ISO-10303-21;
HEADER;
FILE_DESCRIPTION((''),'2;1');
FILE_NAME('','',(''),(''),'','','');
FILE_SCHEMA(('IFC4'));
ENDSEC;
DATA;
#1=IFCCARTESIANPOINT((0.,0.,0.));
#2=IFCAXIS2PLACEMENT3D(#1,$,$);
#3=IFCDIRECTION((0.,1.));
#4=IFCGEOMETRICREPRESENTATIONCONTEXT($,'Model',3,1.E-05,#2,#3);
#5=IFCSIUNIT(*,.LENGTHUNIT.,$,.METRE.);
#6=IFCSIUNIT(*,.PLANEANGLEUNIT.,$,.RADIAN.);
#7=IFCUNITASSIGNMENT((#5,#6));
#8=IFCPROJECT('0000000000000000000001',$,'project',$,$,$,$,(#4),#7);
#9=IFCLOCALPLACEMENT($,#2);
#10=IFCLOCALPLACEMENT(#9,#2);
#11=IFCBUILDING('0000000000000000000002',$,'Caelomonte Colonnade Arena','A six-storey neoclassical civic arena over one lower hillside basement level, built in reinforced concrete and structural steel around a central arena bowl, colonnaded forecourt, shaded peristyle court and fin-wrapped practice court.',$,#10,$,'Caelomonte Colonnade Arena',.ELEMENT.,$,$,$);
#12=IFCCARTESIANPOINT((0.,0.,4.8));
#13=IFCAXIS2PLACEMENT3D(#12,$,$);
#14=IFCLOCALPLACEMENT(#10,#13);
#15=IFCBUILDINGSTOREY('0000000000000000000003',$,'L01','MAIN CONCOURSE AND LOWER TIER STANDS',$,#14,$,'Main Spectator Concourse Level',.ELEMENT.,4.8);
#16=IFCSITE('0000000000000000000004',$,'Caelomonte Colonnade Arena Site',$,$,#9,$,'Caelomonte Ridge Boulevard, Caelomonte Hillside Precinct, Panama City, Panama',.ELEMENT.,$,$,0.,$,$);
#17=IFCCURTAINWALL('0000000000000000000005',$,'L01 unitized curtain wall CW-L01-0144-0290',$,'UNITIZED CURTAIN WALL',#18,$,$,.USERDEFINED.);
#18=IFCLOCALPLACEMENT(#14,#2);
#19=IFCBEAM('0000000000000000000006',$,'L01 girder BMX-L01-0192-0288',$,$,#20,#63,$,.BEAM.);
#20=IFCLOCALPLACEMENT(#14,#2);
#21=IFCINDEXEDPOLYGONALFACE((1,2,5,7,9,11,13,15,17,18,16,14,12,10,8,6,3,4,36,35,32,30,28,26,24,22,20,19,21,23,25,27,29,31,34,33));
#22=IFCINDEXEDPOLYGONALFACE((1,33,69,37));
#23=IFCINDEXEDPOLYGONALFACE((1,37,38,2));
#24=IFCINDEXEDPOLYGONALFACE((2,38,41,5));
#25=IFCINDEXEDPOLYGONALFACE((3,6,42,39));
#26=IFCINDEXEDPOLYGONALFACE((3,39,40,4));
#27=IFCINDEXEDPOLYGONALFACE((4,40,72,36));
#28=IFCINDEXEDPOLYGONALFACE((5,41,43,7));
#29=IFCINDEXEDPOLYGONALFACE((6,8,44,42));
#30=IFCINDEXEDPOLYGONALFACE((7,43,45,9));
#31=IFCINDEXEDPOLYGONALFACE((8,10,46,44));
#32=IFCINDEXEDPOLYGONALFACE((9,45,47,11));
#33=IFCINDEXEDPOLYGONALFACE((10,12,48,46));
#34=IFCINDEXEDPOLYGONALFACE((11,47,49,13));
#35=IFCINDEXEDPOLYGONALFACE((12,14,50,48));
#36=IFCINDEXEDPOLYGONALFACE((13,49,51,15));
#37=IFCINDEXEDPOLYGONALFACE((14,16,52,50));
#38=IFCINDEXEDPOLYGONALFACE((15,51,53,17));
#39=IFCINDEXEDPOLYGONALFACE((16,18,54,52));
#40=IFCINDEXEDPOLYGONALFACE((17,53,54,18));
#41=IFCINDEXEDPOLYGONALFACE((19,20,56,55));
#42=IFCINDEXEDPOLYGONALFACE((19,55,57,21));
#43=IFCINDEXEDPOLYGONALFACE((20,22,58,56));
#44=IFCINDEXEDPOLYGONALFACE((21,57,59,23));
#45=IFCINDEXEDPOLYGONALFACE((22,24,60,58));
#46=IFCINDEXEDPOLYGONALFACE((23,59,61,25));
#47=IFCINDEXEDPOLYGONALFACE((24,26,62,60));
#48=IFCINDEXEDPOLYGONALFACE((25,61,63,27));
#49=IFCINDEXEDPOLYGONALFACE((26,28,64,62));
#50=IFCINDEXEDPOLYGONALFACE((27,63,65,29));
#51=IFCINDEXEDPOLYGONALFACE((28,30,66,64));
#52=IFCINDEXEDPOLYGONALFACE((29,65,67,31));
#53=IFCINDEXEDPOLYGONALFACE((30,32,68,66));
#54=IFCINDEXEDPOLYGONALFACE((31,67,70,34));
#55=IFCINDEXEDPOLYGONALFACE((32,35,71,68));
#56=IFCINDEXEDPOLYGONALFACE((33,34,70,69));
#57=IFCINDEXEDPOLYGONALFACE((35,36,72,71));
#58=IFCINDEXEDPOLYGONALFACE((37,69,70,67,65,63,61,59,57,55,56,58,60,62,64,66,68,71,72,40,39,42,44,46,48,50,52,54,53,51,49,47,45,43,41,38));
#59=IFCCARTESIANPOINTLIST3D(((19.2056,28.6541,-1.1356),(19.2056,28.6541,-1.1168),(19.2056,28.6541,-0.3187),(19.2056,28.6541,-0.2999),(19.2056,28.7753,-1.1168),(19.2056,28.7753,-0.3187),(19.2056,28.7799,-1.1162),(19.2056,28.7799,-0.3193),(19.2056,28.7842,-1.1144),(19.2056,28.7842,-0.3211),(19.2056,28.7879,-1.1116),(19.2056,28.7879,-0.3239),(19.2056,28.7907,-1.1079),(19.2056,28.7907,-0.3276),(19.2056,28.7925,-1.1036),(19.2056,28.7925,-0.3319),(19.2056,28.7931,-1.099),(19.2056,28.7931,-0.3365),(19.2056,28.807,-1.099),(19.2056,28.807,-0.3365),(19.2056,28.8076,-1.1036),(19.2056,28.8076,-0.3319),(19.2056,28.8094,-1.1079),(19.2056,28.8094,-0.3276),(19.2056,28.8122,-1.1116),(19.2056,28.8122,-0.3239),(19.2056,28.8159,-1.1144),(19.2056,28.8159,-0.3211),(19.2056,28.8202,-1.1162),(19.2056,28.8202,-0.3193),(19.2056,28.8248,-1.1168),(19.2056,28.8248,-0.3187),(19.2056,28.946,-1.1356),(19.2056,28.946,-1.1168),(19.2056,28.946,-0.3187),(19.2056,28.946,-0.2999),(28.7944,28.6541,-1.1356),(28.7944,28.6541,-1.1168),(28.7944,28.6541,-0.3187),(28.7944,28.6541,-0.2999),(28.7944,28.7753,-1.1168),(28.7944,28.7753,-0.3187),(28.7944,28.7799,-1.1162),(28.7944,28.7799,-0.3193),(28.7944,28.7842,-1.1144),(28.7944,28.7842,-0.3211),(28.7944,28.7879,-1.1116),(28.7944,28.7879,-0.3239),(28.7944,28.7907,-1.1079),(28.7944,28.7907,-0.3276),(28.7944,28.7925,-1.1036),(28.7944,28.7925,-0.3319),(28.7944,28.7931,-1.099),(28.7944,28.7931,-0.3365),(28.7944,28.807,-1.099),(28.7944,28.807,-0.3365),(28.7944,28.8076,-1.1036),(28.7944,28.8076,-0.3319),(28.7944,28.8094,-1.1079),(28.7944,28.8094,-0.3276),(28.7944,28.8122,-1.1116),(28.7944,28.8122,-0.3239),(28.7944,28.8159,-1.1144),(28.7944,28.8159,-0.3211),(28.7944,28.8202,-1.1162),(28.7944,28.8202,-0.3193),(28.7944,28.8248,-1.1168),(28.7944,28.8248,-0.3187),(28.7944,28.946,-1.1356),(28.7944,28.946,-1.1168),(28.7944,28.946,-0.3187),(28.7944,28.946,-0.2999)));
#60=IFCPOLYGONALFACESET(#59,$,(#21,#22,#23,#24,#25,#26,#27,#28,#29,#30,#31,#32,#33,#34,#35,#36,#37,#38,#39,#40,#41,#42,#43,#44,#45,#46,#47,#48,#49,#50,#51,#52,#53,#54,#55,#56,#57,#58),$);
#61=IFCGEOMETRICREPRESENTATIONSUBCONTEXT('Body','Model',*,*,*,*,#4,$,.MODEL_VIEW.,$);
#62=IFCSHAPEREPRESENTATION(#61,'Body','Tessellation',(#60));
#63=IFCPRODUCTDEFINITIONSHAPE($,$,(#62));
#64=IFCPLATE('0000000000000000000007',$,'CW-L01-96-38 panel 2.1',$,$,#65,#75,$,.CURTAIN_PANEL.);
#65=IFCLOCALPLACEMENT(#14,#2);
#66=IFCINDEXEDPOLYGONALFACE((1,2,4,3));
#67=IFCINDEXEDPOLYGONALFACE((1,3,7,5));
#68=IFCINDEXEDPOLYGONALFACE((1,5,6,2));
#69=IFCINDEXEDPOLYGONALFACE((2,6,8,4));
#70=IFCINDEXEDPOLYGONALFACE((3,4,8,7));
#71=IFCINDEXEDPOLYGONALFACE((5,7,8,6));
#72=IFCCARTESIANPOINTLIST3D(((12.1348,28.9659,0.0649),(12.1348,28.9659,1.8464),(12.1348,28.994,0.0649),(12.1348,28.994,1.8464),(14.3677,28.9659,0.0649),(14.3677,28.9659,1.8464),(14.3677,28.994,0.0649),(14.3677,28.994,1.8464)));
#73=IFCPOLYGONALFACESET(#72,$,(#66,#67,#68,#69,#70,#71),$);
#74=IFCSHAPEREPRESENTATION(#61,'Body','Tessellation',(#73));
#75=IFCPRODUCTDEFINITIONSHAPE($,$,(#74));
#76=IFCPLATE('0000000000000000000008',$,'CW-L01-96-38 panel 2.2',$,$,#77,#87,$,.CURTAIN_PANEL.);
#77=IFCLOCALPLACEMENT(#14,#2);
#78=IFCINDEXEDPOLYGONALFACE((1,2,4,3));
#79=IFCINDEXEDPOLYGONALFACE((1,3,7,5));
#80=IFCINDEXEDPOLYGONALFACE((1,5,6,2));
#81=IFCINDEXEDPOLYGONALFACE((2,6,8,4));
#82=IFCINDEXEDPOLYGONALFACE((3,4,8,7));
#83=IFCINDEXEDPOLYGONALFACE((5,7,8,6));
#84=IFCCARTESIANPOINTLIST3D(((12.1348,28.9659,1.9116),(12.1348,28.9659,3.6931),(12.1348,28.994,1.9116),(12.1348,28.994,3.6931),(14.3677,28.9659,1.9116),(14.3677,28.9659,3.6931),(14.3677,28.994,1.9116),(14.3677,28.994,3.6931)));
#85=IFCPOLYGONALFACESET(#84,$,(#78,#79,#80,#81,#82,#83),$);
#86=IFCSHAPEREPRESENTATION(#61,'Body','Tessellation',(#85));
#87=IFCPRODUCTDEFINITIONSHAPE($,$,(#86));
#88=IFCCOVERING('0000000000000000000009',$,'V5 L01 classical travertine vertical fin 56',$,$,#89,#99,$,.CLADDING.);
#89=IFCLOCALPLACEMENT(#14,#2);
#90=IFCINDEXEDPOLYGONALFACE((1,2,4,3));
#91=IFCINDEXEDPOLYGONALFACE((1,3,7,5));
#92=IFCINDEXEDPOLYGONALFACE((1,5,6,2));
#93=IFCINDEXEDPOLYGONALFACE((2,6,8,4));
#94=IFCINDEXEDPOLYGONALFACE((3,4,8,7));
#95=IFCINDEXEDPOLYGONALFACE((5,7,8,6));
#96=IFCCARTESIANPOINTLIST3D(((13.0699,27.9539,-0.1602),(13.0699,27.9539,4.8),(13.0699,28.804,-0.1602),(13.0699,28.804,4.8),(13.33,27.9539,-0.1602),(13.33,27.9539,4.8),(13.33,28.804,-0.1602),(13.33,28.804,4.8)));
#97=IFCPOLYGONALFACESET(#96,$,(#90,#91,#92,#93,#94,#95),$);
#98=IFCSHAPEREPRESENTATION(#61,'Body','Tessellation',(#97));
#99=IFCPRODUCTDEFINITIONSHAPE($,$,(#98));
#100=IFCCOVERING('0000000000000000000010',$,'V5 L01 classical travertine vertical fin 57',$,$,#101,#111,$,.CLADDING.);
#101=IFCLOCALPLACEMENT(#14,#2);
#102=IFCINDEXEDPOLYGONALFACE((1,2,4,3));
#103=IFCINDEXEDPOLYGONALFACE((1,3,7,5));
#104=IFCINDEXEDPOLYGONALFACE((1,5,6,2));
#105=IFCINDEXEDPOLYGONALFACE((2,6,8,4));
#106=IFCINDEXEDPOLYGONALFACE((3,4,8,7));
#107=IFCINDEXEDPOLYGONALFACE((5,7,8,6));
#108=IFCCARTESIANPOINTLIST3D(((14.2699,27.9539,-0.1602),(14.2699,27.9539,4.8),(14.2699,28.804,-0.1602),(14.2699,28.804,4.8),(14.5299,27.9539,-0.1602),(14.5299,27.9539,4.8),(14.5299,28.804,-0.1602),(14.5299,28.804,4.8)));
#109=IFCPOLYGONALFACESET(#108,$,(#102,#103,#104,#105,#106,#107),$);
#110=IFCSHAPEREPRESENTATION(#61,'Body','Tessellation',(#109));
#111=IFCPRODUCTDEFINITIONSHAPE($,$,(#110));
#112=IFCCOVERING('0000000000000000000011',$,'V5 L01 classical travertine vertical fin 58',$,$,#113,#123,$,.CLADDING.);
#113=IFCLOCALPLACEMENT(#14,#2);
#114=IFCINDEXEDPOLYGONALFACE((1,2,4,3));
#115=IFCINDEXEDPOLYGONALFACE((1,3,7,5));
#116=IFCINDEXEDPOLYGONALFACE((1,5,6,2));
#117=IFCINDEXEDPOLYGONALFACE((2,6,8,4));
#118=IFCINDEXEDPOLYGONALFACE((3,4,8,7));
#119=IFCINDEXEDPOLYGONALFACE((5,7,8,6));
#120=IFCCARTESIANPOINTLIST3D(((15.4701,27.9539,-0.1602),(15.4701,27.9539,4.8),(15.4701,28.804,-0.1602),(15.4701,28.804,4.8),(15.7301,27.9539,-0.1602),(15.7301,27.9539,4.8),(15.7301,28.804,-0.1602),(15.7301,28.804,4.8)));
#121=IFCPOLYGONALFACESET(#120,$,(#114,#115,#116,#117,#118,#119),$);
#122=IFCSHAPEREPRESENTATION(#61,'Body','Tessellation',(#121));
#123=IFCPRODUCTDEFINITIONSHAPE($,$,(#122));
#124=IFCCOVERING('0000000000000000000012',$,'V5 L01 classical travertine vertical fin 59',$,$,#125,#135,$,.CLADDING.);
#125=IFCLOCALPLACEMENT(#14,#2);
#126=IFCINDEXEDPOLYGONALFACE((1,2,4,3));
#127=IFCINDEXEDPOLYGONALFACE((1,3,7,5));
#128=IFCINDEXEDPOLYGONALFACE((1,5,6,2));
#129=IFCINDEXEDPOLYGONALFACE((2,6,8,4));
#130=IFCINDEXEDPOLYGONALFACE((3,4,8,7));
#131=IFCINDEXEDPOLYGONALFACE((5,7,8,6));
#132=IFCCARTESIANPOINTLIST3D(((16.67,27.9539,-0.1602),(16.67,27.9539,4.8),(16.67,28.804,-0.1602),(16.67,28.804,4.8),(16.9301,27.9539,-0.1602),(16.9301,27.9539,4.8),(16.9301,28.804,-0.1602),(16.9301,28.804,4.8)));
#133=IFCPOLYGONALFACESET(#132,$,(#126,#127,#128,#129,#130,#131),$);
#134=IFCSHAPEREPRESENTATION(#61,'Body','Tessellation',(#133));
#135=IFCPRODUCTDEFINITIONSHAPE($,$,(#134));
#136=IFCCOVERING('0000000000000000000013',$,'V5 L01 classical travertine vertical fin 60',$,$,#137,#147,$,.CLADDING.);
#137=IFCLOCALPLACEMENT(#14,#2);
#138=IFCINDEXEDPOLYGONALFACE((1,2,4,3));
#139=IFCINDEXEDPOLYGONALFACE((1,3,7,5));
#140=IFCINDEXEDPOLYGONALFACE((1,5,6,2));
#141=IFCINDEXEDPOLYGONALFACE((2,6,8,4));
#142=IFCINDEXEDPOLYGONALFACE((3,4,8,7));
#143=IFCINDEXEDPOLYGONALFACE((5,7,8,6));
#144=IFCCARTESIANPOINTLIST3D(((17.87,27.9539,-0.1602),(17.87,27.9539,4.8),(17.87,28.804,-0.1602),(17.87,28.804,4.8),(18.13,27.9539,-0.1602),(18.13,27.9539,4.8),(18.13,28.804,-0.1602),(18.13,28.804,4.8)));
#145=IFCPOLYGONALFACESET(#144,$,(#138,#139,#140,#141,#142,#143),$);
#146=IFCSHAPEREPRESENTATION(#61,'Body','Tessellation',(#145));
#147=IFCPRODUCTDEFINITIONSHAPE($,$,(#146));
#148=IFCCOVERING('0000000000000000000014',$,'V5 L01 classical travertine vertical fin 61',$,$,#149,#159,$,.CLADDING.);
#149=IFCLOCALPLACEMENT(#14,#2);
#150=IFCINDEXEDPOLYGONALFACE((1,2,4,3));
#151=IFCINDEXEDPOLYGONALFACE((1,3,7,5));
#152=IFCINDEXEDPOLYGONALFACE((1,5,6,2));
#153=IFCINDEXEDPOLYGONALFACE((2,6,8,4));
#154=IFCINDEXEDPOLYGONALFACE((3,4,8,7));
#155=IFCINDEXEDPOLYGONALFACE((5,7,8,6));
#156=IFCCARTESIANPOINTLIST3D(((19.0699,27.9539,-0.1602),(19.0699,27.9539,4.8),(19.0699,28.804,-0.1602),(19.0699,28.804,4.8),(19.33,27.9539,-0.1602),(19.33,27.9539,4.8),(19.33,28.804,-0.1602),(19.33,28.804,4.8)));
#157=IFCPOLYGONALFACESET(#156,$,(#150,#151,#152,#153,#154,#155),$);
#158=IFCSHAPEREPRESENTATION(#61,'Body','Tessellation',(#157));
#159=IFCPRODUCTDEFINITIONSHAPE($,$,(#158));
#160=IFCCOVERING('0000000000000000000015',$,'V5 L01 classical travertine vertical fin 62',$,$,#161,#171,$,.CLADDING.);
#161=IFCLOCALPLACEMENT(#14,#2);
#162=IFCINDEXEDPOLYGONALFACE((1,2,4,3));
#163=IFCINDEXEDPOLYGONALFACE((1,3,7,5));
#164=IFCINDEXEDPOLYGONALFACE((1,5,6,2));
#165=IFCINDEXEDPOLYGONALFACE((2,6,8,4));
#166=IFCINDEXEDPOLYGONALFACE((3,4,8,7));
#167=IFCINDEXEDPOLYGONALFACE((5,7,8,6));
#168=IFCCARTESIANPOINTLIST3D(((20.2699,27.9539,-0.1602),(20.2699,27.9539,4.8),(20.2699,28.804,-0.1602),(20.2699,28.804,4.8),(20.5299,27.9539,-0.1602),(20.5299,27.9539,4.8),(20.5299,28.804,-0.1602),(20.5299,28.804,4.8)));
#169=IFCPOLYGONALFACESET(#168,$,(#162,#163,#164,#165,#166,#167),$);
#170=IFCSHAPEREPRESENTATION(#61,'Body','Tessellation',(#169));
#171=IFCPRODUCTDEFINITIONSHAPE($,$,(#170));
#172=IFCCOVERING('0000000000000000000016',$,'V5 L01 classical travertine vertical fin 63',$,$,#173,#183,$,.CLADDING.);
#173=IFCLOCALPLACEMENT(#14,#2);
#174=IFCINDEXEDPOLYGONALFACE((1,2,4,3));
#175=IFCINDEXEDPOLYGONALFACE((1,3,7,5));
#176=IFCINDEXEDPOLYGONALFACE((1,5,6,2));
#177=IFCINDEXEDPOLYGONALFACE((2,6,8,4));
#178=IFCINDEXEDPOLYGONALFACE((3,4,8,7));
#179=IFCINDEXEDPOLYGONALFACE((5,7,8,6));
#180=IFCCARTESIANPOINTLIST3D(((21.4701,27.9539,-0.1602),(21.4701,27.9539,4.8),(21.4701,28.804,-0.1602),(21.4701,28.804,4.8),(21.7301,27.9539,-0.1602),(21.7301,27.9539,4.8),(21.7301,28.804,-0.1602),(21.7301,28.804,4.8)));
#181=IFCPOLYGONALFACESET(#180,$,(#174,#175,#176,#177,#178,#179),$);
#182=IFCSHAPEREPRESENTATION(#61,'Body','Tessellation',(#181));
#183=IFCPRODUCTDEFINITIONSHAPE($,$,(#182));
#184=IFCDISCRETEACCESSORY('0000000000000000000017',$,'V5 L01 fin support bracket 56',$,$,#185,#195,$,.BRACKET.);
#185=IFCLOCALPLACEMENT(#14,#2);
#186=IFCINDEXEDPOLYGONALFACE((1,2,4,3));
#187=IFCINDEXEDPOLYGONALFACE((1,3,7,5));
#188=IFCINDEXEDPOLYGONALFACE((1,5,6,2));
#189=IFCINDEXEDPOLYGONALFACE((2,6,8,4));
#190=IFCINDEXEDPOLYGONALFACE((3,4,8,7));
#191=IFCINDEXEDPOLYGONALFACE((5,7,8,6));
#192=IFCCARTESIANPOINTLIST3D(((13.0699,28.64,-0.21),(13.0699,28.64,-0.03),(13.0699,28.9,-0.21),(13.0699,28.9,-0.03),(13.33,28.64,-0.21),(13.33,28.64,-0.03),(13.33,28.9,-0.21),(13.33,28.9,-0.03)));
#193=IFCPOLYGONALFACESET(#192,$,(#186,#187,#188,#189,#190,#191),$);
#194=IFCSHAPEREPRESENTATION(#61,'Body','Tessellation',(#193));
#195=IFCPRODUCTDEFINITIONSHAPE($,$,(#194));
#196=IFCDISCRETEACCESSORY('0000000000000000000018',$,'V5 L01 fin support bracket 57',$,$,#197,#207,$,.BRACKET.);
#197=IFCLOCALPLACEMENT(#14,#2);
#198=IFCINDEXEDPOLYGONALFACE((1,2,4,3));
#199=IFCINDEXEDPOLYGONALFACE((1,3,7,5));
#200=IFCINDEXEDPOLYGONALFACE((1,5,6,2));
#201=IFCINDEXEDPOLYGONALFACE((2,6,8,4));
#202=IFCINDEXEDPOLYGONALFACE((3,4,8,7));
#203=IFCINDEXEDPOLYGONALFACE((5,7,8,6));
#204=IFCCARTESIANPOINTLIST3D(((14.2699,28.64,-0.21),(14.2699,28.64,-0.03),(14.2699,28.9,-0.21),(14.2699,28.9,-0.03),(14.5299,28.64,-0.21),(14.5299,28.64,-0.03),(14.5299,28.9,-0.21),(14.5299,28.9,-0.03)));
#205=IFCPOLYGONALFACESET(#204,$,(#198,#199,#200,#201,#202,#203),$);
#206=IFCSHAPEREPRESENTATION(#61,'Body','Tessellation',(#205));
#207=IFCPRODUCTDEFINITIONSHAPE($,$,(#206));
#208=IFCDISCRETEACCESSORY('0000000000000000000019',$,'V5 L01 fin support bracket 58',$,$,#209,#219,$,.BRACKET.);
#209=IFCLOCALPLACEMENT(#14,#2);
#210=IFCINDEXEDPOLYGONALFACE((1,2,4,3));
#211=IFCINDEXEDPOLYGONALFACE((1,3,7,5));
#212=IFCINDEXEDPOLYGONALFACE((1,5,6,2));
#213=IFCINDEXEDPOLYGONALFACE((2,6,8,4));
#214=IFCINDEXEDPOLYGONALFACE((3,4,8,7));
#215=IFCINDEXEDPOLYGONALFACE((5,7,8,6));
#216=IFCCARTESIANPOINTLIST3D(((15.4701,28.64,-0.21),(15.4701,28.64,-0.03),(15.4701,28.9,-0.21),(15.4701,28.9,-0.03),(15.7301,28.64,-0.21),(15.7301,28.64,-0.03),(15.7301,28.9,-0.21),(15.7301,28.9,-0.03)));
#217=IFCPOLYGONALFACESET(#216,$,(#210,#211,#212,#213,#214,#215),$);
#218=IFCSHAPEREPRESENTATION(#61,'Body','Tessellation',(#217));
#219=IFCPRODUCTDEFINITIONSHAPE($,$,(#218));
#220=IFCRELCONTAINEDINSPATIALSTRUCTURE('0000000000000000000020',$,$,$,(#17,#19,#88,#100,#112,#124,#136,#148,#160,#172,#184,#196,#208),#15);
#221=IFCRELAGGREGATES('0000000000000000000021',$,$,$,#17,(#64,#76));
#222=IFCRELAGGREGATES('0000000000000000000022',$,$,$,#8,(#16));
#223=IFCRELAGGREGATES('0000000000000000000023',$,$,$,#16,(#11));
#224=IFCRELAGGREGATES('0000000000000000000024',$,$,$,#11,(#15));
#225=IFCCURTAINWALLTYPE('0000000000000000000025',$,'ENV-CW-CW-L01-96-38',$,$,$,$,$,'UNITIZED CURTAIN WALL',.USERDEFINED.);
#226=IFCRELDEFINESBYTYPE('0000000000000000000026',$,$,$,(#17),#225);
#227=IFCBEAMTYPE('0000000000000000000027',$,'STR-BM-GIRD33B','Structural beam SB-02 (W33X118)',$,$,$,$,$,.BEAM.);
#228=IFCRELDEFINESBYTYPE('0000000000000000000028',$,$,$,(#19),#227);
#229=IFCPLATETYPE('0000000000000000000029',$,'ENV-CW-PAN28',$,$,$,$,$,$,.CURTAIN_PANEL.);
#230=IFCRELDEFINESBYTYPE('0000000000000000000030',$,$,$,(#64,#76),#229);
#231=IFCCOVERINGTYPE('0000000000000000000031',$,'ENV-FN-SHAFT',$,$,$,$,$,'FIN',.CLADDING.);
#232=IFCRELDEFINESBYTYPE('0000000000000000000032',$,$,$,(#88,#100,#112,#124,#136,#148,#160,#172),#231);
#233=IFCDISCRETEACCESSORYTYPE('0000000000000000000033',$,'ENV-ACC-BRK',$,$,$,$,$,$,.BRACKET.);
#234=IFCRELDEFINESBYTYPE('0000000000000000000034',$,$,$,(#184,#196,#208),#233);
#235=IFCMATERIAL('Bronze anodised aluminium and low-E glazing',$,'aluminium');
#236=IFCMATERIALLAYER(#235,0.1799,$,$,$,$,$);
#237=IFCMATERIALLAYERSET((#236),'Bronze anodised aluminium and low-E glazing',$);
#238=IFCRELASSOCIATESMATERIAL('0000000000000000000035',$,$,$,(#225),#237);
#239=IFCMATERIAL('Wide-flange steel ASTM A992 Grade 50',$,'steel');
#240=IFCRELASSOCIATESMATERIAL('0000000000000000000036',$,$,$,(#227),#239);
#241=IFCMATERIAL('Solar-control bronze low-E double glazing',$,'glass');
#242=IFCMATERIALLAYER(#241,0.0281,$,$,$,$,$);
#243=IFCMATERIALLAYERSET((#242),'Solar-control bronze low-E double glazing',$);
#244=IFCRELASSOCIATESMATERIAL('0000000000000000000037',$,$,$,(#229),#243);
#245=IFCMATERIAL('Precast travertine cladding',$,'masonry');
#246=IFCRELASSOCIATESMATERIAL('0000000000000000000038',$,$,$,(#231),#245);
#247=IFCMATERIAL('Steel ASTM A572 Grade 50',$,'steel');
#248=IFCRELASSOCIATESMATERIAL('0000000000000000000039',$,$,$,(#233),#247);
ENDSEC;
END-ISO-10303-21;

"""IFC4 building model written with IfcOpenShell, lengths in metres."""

from ifc_helpers import new_model, si_unit, direction, frame, origin, origin_2d, place, context, subcontext, project, spatial, rectangle, i_section, extrude, material, layer, layer_set, material_profile, profile_set, type_object, element, aggregate, save


model = new_model("IFC4")

# Units and contexts
model_context = context("Model", 3, precision=1e-05, world=origin(), true_north=direction((0.0, 1.0)))
body_context = subcontext(model_context, "Body", "Model", "MODEL_VIEW")
ifc_project = project(units=[si_unit("LENGTHUNIT", "METRE"), si_unit("PLANEANGLEUNIT", "RADIAN")], contexts=[model_context])

# Site, building, storey
site_placement = place(None, origin())
site = spatial("IfcSite", under=ifc_project, at=site_placement, Name="Caelomonte Colonnade Arena Site", LongName="Caelomonte Ridge Boulevard, Caelomonte Hillside Precinct, Panama City, Panama", CompositionType="ELEMENT", RefElevation=0.0)
building_placement = place(site_placement, origin())
building = spatial("IfcBuilding", under=site, at=building_placement, Name="Caelomonte Colonnade Arena", Description="A six-storey neoclassical civic arena over one lower hillside basement level, built in reinforced concrete and structural steel around a central arena bowl, colonnaded forecourt, shaded peristyle court and fin-wrapped practice court.", LongName="Caelomonte Colonnade Arena", CompositionType="ELEMENT")
storey_placement = place(building_placement, frame((0.0, 0.0, 4.8)))
storey = spatial("IfcBuildingStorey", under=building, at=storey_placement, Name="L01", Description="MAIN CONCOURSE AND LOWER TIER STANDS", LongName="Main Spectator Concourse Level", CompositionType="ELEMENT", Elevation=4.8)

# Shared definitions
ifc_material_1 = material(Name="Wide-flange steel ASTM A992 Grade 50", Category="steel")

# Curtain wall
ifc_material_2 = material(Name="Bronze anodised aluminium and low-E glazing", Category="aluminium")
ifc_layer_1 = layer(ifc_material_2, 0.1799)
ifc_layer_set_1 = layer_set([ifc_layer_1], Name="Bronze anodised aluminium and low-E glazing")
curtain_wall_type = type_object("IfcCurtainWallType", Name="ENV-CW-CW-L01-96-38", ElementType="UNITIZED CURTAIN WALL", PredefinedType="USERDEFINED", material=ifc_layer_set_1)
curtain_wall_placement = place(storey_placement, origin())
curtain_wall = element("IfcCurtainWall", 1, at=curtain_wall_placement, inside=storey, type_object=curtain_wall_type, Name="L01 unitized curtain wall CW-L01-0144-0290", ObjectType="UNITIZED CURTAIN WALL", PredefinedType="USERDEFINED")

# Beam
ifc_material_profile_1 = material_profile(ifc_material_1, i_section(OverallWidth=0.292, OverallDepth=0.8357, WebThickness=0.0139, FlangeThickness=0.0188, FilletRadius=0.0178, at=origin_2d()), Name="W33X118")
ifc_profile_set_1 = profile_set([ifc_material_profile_1], Name="Wide-flange steel ASTM A992 Grade 50")
beam_type_1 = type_object("IfcBeamType", Name="STR-BM-GIRD33B", Description="Structural beam SB-02 (W33X118)", PredefinedType="BEAM", material=ifc_profile_set_1)
beam_1_placement = place(storey_placement, frame((19.2056, 28.8, -0.7178), z_axis=(1.0, 0.0, 0.0), x_axis=(0.0, 1.0, 0.0)))
element("IfcBeam", 2, at=beam_1_placement, inside=storey, type_object=beam_type_1, Name="L01 girder BMX-L01-0192-0288", PredefinedType="BEAM", context=body_context, shape_type="SweptSolid", body=[
    extrude(i_section(OverallWidth=0.292, OverallDepth=0.8357, WebThickness=0.0139, FlangeThickness=0.0188, FilletRadius=0.0178, at=origin_2d()), origin(), (0.0, 0.0, 1.0), 9.5889),
])

# Plates
ifc_material_3 = material(Name="Solar-control bronze low-E double glazing", Category="glass")
ifc_layer_2 = layer(ifc_material_3, 0.0281)
ifc_layer_set_2 = layer_set([ifc_layer_2], Name="Solar-control bronze low-E double glazing")
plate_type = type_object("IfcPlateType", Name="ENV-CW-PAN28", PredefinedType="CURTAIN_PANEL", material=ifc_layer_set_2)
plate_1_placement = place(storey_placement, frame((13.2512, 28.98, 0.0649), z_axis=(0.0, 0.0, 1.0), x_axis=(1.0, 0.0, 0.0)))
plate_1 = element("IfcPlate", 3, at=plate_1_placement, type_object=plate_type, Name="CW-L01-96-38 panel 2.1", PredefinedType="CURTAIN_PANEL", context=body_context, shape_type="SweptSolid", body=[
    extrude(rectangle(XDim=2.2329, YDim=0.0281, at=origin_2d()), origin(), (0.0, 0.0, 1.0), 1.7815),
])
plate_2_placement = place(storey_placement, frame((13.2512, 28.98, 1.9116), z_axis=(0.0, 0.0, 1.0), x_axis=(1.0, 0.0, 0.0)))
plate_2 = element("IfcPlate", 4, at=plate_2_placement, type_object=plate_type, Name="CW-L01-96-38 panel 2.2", PredefinedType="CURTAIN_PANEL", context=body_context, shape_type="SweptSolid", body=[
    extrude(rectangle(XDim=2.2329, YDim=0.0281, at=origin_2d()), origin(), (0.0, 0.0, 1.0), 1.7815),
])
aggregate(curtain_wall, [plate_1, plate_2])

# Coverings
ifc_material_4 = material(Name="Precast travertine cladding", Category="masonry")
ifc_material_profile_2 = material_profile(ifc_material_4, rectangle(XDim=0.26, YDim=0.8501, at=origin_2d()), Name="FIN260X850")
ifc_profile_set_2 = profile_set([ifc_material_profile_2], Name="Precast travertine cladding")
covering_type = type_object("IfcCoveringType", Name="ENV-FN-SHAFT", ElementType="FIN", PredefinedType="CLADDING", material=ifc_profile_set_2)
for number, where, z_axis, x_axis, name in (
    (5, (13.2, 28.3789, -0.1602), (0.0, 0.0, 1.0), (-1.0, 0.0, 0.0), "V5 L01 classical travertine vertical fin 56"),
    (6, (14.3999, 28.3789, -0.1602), (0.0, 0.0, 1.0), (-1.0, 0.0, 0.0), "V5 L01 classical travertine vertical fin 57"),
    (7, (15.6001, 28.3789, -0.1602), (0.0, 0.0, 1.0), (-1.0, 0.0, 0.0), "V5 L01 classical travertine vertical fin 58"),
    (8, (16.8, 28.3789, -0.1602), (0.0, 0.0, 1.0), (-1.0, 0.0, 0.0), "V5 L01 classical travertine vertical fin 59"),
    (9, (18.0, 28.3789, -0.1602), (0.0, 0.0, 1.0), (-1.0, 0.0, 0.0), "V5 L01 classical travertine vertical fin 60"),
    (10, (19.2, 28.3789, -0.1602), (0.0, 0.0, 1.0), (-1.0, 0.0, 0.0), "V5 L01 classical travertine vertical fin 61"),
    (11, (20.3999, 28.3789, -0.1602), (0.0, 0.0, 1.0), (-1.0, 0.0, 0.0), "V5 L01 classical travertine vertical fin 62"),
    (12, (21.6001, 28.3789, -0.1602), (0.0, 0.0, 1.0), (-1.0, 0.0, 0.0), "V5 L01 classical travertine vertical fin 63"),
):
    element("IfcCovering", number, at=place(storey_placement, frame(where, z_axis=z_axis, x_axis=x_axis)), inside=storey, type_object=covering_type, Name=name, PredefinedType="CLADDING", context=body_context, shape_type="SweptSolid", body=[
        extrude(rectangle(XDim=0.26, YDim=0.8501, at=origin_2d()), origin(), (0.0, 0.0, 1.0), 4.9602),
    ])

# Discrete accessories
ifc_material_5 = material(Name="Steel ASTM A572 Grade 50", Category="steel")
discrete_accessory_type = type_object("IfcDiscreteAccessoryType", Name="ENV-ACC-BRK", PredefinedType="BRACKET", material=ifc_material_5)
for number, where, z_axis, x_axis, name in (
    (13, (13.2, 28.77, -0.21), (0.0, 0.0, 1.0), (1.0, 0.0, 0.0), "V5 L01 fin support bracket 56"),
    (14, (14.3999, 28.77, -0.21), (0.0, 0.0, 1.0), (1.0, 0.0, 0.0), "V5 L01 fin support bracket 57"),
    (15, (15.6001, 28.77, -0.21), (0.0, 0.0, 1.0), (1.0, 0.0, 0.0), "V5 L01 fin support bracket 58"),
):
    element("IfcDiscreteAccessory", number, at=place(storey_placement, frame(where, z_axis=z_axis, x_axis=x_axis)), inside=storey, type_object=discrete_accessory_type, Name=name, PredefinedType="BRACKET", context=body_context, shape_type="SweptSolid", body=[
        extrude(rectangle(XDim=0.26, YDim=0.26, at=origin_2d()), origin(), (0.0, 0.0, 1.0), 0.1799),
    ])

save(model, "model.ifc")
